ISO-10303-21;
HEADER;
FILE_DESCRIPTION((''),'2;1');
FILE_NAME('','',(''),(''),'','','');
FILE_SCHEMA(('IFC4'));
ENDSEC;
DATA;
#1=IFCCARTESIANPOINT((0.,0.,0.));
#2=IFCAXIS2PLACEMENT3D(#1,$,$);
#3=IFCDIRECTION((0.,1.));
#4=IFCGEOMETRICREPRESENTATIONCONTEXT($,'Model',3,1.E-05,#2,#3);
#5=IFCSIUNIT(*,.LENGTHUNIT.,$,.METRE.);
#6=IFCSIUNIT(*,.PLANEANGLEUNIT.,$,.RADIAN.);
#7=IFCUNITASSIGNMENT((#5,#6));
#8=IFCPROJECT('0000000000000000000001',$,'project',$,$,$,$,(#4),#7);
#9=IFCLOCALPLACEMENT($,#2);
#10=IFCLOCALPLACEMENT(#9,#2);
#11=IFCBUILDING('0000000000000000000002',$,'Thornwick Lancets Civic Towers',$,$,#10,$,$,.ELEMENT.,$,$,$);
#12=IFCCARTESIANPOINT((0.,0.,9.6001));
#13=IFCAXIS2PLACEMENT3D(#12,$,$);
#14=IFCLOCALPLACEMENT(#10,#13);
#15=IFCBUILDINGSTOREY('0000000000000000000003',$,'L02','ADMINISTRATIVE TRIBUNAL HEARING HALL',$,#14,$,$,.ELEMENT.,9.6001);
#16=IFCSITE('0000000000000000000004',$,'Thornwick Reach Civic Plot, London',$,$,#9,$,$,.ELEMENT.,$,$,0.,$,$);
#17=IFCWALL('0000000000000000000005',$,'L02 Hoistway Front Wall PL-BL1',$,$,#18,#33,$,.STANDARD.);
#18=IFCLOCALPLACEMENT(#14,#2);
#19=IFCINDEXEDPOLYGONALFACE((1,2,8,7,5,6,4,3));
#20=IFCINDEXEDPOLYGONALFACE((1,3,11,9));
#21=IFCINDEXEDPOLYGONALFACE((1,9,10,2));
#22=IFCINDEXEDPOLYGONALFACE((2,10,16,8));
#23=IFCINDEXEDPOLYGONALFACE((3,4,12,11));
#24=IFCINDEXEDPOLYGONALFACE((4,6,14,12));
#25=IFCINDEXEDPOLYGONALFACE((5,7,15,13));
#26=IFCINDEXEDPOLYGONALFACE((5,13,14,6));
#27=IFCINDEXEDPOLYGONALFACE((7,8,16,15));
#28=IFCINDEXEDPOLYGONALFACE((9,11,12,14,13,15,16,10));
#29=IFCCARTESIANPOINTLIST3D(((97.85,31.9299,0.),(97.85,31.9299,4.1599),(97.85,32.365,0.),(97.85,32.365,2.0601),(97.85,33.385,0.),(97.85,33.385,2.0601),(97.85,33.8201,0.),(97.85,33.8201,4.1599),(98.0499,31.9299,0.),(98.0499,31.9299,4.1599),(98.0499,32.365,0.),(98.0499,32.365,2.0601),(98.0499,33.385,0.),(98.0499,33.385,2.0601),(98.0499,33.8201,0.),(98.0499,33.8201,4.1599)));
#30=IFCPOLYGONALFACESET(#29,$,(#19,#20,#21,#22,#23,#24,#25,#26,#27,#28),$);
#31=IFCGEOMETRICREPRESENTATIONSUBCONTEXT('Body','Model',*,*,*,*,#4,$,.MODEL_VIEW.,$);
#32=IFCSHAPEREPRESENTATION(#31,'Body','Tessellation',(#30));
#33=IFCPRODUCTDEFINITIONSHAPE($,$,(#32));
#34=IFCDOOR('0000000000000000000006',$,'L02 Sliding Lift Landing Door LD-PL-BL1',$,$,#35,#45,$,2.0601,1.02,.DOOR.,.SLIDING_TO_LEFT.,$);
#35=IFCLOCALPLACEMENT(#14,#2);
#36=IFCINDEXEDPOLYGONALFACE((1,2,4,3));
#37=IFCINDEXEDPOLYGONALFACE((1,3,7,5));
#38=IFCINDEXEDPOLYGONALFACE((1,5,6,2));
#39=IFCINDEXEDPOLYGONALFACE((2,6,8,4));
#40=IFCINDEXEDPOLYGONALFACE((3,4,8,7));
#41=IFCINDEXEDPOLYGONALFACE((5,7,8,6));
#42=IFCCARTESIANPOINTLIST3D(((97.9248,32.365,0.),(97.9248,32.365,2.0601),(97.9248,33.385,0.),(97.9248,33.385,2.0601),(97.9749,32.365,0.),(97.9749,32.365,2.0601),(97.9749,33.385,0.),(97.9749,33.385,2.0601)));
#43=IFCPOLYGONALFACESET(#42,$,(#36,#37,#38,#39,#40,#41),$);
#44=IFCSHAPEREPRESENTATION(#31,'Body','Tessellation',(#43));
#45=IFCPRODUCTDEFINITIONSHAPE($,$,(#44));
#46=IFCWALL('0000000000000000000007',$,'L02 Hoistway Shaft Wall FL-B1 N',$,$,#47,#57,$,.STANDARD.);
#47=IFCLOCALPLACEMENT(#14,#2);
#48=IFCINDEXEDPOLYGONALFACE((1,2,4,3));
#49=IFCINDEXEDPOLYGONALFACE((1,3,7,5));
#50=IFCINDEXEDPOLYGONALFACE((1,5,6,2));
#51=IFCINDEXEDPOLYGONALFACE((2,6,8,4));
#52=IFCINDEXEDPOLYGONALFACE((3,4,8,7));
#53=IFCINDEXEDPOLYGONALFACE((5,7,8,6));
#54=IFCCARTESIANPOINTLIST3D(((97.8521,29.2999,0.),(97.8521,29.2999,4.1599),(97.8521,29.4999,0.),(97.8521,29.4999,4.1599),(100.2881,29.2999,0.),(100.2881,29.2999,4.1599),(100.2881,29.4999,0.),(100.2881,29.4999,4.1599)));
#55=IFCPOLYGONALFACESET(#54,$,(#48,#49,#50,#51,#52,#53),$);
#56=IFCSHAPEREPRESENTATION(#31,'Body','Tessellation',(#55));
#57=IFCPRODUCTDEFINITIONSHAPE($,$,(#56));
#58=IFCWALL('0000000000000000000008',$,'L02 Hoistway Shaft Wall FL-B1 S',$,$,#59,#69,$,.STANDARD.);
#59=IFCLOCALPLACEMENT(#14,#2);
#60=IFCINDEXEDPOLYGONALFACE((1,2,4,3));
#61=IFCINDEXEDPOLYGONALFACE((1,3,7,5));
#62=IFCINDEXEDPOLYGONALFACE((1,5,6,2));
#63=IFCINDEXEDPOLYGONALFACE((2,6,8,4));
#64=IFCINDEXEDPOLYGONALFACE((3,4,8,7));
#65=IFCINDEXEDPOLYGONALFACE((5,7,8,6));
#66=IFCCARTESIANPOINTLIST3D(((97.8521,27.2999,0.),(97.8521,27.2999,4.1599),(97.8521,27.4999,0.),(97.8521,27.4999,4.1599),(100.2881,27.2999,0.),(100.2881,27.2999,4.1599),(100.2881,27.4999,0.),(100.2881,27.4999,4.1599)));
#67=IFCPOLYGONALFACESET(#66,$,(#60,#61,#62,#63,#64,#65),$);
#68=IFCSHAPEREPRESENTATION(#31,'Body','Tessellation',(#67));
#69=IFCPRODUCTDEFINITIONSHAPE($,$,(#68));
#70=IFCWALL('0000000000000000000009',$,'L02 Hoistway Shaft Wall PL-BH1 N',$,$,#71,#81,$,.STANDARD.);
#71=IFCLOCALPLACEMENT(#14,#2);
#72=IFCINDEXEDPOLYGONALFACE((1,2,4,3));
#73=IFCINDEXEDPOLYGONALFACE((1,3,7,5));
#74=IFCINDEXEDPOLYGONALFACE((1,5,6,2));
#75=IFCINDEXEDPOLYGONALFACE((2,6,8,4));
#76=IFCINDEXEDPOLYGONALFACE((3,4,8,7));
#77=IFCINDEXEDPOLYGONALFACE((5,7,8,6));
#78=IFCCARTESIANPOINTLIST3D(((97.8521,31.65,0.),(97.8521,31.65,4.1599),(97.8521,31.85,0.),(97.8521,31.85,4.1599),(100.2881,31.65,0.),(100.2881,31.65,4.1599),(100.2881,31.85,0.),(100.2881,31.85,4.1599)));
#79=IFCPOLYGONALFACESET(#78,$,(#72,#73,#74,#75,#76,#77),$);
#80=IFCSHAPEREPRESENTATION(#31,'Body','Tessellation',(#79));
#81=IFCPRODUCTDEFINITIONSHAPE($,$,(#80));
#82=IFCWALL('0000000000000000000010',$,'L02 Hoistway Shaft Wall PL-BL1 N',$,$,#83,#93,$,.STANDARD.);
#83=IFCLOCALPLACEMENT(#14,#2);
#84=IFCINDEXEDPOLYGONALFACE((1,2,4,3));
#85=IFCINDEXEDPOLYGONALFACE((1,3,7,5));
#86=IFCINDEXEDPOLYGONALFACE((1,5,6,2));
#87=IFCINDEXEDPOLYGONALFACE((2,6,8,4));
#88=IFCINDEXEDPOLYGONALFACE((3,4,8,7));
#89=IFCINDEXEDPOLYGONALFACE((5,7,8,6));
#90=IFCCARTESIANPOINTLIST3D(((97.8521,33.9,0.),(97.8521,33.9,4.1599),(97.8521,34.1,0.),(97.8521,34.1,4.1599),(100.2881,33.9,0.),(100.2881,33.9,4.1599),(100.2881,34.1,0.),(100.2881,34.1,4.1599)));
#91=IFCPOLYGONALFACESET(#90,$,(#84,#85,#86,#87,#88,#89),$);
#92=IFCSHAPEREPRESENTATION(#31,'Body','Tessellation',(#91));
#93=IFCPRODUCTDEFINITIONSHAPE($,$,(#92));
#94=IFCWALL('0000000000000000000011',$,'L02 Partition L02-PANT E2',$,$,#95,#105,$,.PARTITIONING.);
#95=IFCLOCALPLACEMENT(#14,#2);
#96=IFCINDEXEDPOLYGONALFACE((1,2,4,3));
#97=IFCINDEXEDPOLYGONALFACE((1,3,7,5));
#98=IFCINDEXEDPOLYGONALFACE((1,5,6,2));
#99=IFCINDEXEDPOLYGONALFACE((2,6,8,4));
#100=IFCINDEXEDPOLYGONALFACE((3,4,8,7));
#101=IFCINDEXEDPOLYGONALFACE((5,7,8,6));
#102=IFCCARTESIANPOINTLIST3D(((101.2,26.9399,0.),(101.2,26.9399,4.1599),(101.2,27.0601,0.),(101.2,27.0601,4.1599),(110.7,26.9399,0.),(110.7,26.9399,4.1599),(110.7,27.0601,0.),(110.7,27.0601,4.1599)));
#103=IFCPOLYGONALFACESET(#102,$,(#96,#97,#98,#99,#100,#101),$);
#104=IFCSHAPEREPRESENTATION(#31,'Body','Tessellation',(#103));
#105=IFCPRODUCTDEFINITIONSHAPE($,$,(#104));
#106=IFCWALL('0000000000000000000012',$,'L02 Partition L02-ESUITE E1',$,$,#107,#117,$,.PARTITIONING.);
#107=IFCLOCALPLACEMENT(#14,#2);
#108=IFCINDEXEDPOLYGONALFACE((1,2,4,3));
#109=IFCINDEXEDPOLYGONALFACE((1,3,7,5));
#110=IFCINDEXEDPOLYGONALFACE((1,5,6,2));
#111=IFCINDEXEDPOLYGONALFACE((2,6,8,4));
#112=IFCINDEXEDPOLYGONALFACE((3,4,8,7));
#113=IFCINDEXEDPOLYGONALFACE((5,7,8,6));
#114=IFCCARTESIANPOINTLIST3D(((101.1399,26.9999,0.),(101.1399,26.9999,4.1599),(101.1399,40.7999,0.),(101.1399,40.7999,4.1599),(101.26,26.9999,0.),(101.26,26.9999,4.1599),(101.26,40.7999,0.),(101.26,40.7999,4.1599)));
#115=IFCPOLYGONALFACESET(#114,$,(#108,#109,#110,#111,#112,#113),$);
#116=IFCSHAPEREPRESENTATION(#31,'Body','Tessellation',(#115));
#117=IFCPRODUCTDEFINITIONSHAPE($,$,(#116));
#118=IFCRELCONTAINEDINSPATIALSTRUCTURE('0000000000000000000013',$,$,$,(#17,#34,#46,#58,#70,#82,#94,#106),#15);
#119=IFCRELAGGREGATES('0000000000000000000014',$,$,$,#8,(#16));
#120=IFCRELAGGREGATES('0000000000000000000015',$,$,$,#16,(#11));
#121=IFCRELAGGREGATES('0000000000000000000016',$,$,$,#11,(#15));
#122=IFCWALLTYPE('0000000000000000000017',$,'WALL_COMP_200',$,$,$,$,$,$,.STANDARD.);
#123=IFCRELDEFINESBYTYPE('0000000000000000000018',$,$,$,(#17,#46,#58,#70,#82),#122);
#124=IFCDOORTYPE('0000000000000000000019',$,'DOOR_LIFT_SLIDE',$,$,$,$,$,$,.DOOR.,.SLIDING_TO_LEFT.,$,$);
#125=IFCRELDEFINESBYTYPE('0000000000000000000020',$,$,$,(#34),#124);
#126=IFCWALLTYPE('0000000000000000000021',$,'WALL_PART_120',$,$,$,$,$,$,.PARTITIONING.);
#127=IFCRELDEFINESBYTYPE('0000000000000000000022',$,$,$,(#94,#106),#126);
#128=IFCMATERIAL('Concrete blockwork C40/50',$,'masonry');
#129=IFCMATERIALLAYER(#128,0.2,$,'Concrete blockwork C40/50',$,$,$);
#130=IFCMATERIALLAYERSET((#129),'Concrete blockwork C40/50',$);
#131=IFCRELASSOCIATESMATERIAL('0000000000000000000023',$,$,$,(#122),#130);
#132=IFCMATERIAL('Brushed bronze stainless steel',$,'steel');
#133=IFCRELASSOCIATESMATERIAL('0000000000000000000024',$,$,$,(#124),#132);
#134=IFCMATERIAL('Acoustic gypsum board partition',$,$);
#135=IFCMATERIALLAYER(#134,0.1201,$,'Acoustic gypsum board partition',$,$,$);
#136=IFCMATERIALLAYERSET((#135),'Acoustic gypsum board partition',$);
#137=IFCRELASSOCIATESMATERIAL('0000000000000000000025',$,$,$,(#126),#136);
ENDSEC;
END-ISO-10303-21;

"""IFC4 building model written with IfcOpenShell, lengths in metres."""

from ifc_helpers import new_model, si_unit, direction, frame, frame_2d, origin, place, context, subcontext, project, spatial, rectangle, extrude, material, layer, layer_set, type_object, element, fill, save


model = new_model("IFC4")

# Units and contexts
model_context = context("Model", 3, precision=1e-05, world=origin(), true_north=direction((0.0, 1.0)))
body_context = subcontext(model_context, "Body", "Model", "MODEL_VIEW")
ifc_project = project(units=[si_unit("LENGTHUNIT", "METRE"), si_unit("PLANEANGLEUNIT", "RADIAN")], contexts=[model_context])

# Site, building, storey
site_placement = place(None, origin())
site = spatial("IfcSite", under=ifc_project, at=site_placement, Name="Thornwick Reach Civic Plot, London", CompositionType="ELEMENT", RefElevation=0.0)
building_placement = place(site_placement, origin())
building = spatial("IfcBuilding", under=site, at=building_placement, Name="Thornwick Lancets Civic Towers", CompositionType="ELEMENT")
storey_placement = place(building_placement, frame((0.0, 0.0, 9.6001)))
storey = spatial("IfcBuildingStorey", under=building, at=storey_placement, Name="L02", Description="ADMINISTRATIVE TRIBUNAL HEARING HALL", CompositionType="ELEMENT", Elevation=9.6001)

# Shared definitions
ifc_material_1 = material(Name="Concrete blockwork C40/50", Category="masonry")
ifc_layer_1 = layer(ifc_material_1, 0.2, Name="Concrete blockwork C40/50")
ifc_layer_set_1 = layer_set([ifc_layer_1], Name="Concrete blockwork C40/50")
wall_type_1 = type_object("IfcWallType", Name="WALL_COMP_200", PredefinedType="STANDARD", material=ifc_layer_set_1)
ifc_material_2 = material(Name="Brushed bronze stainless steel", Category="steel")
door_type = type_object("IfcDoorType", Name="DOOR_LIFT_SLIDE", OperationType="SLIDING_TO_LEFT", PredefinedType="DOOR", material=ifc_material_2)

# Wall, opening, door
wall_1_placement = place(storey_placement, frame((97.95, 33.8201, 0.0), z_axis=(0.0, 0.0, 1.0), x_axis=(0.0, -1.0, 0.0)))
wall_1 = element("IfcWall", 1, at=wall_1_placement, inside=storey, type_object=wall_type_1, Name="L02 Hoistway Front Wall PL-BL1", PredefinedType="STANDARD", context=body_context, shape_type="SweptSolid", body=[
    extrude(rectangle(XDim=1.8901, YDim=0.2, at=frame_2d((0.9451, 0.0))), origin(), (0.0, 0.0, 1.0), 4.1599),
])
opening_1_placement = place(wall_1_placement, frame((0.4351, 0.0, 0.0)))
opening_1 = element("IfcOpeningElement", 2, at=opening_1_placement, cuts=wall_1, PredefinedType="OPENING", context=body_context, shape_type="SweptSolid", body=[
    extrude(rectangle(XDim=1.02, YDim=2.0601, at=frame_2d((0.51, 1.03))), frame((0.0, 0.1099, 0.0), z_axis=(0.0, -1.0, 0.0), x_axis=(1.0, 0.0, 0.0)), (0.0, 0.0, 1.0), 0.22),
])
door_1_placement = place(opening_1_placement, origin())
door_1 = element("IfcDoor", 3, at=door_1_placement, inside=storey, type_object=door_type, Name="L02 Sliding Lift Landing Door LD-PL-BL1", OperationType="SLIDING_TO_LEFT", OverallHeight=2.0601, OverallWidth=1.02, PredefinedType="DOOR", context=body_context, shape_type="SweptSolid", body=[
    extrude(rectangle(XDim=1.02, YDim=2.0601, at=frame_2d((0.51, 1.03))), frame((0.0, 0.0249, 0.0), z_axis=(0.0, -1.0, 0.0), x_axis=(1.0, 0.0, 0.0)), (0.0, 0.0, 1.0), 0.05),
])
fill(opening_1, door_1)

# Walls
for number, where, z_axis, x_axis, name in (
    (4, (97.8521, 29.3999, 0.0), (0.0, 0.0, 1.0), (1.0, 0.0, 0.0), "L02 Hoistway Shaft Wall FL-B1 N"),
    (5, (97.8521, 27.3999, 0.0), (0.0, 0.0, 1.0), (1.0, 0.0, 0.0), "L02 Hoistway Shaft Wall FL-B1 S"),
    (6, (97.8521, 31.75, 0.0), (0.0, 0.0, 1.0), (1.0, 0.0, 0.0), "L02 Hoistway Shaft Wall PL-BH1 N"),
    (7, (97.8521, 34.0, 0.0), (0.0, 0.0, 1.0), (1.0, 0.0, 0.0), "L02 Hoistway Shaft Wall PL-BL1 N"),
):
    element("IfcWall", number, at=place(storey_placement, frame(where, z_axis=z_axis, x_axis=x_axis)), inside=storey, type_object=wall_type_1, Name=name, PredefinedType="STANDARD", context=body_context, shape_type="SweptSolid", body=[
        extrude(rectangle(XDim=2.436, YDim=0.2, at=frame_2d((1.218, 0.0))), origin(), (0.0, 0.0, 1.0), 4.1599),
    ])
ifc_material_3 = material(Name="Acoustic gypsum board partition")
ifc_layer_2 = layer(ifc_material_3, 0.1201, Name="Acoustic gypsum board partition")
ifc_layer_set_2 = layer_set([ifc_layer_2], Name="Acoustic gypsum board partition")
wall_type_2 = type_object("IfcWallType", Name="WALL_PART_120", PredefinedType="PARTITIONING", material=ifc_layer_set_2)
wall_2_placement = place(storey_placement, frame((101.2, 27.0, 0.0), z_axis=(0.0, 0.0, 1.0), x_axis=(1.0, 0.0, 0.0)))
element("IfcWall", 8, at=wall_2_placement, inside=storey, type_object=wall_type_2, Name="L02 Partition L02-PANT E2", PredefinedType="PARTITIONING", context=body_context, shape_type="SweptSolid", body=[
    extrude(rectangle(XDim=9.5, YDim=0.1201, at=frame_2d((4.75, 0.0))), origin(), (0.0, 0.0, 1.0), 4.1599),
])
wall_3_placement = place(storey_placement, frame((101.2, 27.0, 0.0), z_axis=(0.0, 0.0, 1.0), x_axis=(0.0, 1.0, 0.0)))
element("IfcWall", 9, at=wall_3_placement, inside=storey, type_object=wall_type_2, Name="L02 Partition L02-ESUITE E1", PredefinedType="PARTITIONING", context=body_context, shape_type="SweptSolid", body=[
    extrude(rectangle(XDim=13.8, YDim=0.1201, at=frame_2d((6.8999, 0.0))), origin(), (0.0, 0.0, 1.0), 4.1599),
])

save(model, "model.ifc")
